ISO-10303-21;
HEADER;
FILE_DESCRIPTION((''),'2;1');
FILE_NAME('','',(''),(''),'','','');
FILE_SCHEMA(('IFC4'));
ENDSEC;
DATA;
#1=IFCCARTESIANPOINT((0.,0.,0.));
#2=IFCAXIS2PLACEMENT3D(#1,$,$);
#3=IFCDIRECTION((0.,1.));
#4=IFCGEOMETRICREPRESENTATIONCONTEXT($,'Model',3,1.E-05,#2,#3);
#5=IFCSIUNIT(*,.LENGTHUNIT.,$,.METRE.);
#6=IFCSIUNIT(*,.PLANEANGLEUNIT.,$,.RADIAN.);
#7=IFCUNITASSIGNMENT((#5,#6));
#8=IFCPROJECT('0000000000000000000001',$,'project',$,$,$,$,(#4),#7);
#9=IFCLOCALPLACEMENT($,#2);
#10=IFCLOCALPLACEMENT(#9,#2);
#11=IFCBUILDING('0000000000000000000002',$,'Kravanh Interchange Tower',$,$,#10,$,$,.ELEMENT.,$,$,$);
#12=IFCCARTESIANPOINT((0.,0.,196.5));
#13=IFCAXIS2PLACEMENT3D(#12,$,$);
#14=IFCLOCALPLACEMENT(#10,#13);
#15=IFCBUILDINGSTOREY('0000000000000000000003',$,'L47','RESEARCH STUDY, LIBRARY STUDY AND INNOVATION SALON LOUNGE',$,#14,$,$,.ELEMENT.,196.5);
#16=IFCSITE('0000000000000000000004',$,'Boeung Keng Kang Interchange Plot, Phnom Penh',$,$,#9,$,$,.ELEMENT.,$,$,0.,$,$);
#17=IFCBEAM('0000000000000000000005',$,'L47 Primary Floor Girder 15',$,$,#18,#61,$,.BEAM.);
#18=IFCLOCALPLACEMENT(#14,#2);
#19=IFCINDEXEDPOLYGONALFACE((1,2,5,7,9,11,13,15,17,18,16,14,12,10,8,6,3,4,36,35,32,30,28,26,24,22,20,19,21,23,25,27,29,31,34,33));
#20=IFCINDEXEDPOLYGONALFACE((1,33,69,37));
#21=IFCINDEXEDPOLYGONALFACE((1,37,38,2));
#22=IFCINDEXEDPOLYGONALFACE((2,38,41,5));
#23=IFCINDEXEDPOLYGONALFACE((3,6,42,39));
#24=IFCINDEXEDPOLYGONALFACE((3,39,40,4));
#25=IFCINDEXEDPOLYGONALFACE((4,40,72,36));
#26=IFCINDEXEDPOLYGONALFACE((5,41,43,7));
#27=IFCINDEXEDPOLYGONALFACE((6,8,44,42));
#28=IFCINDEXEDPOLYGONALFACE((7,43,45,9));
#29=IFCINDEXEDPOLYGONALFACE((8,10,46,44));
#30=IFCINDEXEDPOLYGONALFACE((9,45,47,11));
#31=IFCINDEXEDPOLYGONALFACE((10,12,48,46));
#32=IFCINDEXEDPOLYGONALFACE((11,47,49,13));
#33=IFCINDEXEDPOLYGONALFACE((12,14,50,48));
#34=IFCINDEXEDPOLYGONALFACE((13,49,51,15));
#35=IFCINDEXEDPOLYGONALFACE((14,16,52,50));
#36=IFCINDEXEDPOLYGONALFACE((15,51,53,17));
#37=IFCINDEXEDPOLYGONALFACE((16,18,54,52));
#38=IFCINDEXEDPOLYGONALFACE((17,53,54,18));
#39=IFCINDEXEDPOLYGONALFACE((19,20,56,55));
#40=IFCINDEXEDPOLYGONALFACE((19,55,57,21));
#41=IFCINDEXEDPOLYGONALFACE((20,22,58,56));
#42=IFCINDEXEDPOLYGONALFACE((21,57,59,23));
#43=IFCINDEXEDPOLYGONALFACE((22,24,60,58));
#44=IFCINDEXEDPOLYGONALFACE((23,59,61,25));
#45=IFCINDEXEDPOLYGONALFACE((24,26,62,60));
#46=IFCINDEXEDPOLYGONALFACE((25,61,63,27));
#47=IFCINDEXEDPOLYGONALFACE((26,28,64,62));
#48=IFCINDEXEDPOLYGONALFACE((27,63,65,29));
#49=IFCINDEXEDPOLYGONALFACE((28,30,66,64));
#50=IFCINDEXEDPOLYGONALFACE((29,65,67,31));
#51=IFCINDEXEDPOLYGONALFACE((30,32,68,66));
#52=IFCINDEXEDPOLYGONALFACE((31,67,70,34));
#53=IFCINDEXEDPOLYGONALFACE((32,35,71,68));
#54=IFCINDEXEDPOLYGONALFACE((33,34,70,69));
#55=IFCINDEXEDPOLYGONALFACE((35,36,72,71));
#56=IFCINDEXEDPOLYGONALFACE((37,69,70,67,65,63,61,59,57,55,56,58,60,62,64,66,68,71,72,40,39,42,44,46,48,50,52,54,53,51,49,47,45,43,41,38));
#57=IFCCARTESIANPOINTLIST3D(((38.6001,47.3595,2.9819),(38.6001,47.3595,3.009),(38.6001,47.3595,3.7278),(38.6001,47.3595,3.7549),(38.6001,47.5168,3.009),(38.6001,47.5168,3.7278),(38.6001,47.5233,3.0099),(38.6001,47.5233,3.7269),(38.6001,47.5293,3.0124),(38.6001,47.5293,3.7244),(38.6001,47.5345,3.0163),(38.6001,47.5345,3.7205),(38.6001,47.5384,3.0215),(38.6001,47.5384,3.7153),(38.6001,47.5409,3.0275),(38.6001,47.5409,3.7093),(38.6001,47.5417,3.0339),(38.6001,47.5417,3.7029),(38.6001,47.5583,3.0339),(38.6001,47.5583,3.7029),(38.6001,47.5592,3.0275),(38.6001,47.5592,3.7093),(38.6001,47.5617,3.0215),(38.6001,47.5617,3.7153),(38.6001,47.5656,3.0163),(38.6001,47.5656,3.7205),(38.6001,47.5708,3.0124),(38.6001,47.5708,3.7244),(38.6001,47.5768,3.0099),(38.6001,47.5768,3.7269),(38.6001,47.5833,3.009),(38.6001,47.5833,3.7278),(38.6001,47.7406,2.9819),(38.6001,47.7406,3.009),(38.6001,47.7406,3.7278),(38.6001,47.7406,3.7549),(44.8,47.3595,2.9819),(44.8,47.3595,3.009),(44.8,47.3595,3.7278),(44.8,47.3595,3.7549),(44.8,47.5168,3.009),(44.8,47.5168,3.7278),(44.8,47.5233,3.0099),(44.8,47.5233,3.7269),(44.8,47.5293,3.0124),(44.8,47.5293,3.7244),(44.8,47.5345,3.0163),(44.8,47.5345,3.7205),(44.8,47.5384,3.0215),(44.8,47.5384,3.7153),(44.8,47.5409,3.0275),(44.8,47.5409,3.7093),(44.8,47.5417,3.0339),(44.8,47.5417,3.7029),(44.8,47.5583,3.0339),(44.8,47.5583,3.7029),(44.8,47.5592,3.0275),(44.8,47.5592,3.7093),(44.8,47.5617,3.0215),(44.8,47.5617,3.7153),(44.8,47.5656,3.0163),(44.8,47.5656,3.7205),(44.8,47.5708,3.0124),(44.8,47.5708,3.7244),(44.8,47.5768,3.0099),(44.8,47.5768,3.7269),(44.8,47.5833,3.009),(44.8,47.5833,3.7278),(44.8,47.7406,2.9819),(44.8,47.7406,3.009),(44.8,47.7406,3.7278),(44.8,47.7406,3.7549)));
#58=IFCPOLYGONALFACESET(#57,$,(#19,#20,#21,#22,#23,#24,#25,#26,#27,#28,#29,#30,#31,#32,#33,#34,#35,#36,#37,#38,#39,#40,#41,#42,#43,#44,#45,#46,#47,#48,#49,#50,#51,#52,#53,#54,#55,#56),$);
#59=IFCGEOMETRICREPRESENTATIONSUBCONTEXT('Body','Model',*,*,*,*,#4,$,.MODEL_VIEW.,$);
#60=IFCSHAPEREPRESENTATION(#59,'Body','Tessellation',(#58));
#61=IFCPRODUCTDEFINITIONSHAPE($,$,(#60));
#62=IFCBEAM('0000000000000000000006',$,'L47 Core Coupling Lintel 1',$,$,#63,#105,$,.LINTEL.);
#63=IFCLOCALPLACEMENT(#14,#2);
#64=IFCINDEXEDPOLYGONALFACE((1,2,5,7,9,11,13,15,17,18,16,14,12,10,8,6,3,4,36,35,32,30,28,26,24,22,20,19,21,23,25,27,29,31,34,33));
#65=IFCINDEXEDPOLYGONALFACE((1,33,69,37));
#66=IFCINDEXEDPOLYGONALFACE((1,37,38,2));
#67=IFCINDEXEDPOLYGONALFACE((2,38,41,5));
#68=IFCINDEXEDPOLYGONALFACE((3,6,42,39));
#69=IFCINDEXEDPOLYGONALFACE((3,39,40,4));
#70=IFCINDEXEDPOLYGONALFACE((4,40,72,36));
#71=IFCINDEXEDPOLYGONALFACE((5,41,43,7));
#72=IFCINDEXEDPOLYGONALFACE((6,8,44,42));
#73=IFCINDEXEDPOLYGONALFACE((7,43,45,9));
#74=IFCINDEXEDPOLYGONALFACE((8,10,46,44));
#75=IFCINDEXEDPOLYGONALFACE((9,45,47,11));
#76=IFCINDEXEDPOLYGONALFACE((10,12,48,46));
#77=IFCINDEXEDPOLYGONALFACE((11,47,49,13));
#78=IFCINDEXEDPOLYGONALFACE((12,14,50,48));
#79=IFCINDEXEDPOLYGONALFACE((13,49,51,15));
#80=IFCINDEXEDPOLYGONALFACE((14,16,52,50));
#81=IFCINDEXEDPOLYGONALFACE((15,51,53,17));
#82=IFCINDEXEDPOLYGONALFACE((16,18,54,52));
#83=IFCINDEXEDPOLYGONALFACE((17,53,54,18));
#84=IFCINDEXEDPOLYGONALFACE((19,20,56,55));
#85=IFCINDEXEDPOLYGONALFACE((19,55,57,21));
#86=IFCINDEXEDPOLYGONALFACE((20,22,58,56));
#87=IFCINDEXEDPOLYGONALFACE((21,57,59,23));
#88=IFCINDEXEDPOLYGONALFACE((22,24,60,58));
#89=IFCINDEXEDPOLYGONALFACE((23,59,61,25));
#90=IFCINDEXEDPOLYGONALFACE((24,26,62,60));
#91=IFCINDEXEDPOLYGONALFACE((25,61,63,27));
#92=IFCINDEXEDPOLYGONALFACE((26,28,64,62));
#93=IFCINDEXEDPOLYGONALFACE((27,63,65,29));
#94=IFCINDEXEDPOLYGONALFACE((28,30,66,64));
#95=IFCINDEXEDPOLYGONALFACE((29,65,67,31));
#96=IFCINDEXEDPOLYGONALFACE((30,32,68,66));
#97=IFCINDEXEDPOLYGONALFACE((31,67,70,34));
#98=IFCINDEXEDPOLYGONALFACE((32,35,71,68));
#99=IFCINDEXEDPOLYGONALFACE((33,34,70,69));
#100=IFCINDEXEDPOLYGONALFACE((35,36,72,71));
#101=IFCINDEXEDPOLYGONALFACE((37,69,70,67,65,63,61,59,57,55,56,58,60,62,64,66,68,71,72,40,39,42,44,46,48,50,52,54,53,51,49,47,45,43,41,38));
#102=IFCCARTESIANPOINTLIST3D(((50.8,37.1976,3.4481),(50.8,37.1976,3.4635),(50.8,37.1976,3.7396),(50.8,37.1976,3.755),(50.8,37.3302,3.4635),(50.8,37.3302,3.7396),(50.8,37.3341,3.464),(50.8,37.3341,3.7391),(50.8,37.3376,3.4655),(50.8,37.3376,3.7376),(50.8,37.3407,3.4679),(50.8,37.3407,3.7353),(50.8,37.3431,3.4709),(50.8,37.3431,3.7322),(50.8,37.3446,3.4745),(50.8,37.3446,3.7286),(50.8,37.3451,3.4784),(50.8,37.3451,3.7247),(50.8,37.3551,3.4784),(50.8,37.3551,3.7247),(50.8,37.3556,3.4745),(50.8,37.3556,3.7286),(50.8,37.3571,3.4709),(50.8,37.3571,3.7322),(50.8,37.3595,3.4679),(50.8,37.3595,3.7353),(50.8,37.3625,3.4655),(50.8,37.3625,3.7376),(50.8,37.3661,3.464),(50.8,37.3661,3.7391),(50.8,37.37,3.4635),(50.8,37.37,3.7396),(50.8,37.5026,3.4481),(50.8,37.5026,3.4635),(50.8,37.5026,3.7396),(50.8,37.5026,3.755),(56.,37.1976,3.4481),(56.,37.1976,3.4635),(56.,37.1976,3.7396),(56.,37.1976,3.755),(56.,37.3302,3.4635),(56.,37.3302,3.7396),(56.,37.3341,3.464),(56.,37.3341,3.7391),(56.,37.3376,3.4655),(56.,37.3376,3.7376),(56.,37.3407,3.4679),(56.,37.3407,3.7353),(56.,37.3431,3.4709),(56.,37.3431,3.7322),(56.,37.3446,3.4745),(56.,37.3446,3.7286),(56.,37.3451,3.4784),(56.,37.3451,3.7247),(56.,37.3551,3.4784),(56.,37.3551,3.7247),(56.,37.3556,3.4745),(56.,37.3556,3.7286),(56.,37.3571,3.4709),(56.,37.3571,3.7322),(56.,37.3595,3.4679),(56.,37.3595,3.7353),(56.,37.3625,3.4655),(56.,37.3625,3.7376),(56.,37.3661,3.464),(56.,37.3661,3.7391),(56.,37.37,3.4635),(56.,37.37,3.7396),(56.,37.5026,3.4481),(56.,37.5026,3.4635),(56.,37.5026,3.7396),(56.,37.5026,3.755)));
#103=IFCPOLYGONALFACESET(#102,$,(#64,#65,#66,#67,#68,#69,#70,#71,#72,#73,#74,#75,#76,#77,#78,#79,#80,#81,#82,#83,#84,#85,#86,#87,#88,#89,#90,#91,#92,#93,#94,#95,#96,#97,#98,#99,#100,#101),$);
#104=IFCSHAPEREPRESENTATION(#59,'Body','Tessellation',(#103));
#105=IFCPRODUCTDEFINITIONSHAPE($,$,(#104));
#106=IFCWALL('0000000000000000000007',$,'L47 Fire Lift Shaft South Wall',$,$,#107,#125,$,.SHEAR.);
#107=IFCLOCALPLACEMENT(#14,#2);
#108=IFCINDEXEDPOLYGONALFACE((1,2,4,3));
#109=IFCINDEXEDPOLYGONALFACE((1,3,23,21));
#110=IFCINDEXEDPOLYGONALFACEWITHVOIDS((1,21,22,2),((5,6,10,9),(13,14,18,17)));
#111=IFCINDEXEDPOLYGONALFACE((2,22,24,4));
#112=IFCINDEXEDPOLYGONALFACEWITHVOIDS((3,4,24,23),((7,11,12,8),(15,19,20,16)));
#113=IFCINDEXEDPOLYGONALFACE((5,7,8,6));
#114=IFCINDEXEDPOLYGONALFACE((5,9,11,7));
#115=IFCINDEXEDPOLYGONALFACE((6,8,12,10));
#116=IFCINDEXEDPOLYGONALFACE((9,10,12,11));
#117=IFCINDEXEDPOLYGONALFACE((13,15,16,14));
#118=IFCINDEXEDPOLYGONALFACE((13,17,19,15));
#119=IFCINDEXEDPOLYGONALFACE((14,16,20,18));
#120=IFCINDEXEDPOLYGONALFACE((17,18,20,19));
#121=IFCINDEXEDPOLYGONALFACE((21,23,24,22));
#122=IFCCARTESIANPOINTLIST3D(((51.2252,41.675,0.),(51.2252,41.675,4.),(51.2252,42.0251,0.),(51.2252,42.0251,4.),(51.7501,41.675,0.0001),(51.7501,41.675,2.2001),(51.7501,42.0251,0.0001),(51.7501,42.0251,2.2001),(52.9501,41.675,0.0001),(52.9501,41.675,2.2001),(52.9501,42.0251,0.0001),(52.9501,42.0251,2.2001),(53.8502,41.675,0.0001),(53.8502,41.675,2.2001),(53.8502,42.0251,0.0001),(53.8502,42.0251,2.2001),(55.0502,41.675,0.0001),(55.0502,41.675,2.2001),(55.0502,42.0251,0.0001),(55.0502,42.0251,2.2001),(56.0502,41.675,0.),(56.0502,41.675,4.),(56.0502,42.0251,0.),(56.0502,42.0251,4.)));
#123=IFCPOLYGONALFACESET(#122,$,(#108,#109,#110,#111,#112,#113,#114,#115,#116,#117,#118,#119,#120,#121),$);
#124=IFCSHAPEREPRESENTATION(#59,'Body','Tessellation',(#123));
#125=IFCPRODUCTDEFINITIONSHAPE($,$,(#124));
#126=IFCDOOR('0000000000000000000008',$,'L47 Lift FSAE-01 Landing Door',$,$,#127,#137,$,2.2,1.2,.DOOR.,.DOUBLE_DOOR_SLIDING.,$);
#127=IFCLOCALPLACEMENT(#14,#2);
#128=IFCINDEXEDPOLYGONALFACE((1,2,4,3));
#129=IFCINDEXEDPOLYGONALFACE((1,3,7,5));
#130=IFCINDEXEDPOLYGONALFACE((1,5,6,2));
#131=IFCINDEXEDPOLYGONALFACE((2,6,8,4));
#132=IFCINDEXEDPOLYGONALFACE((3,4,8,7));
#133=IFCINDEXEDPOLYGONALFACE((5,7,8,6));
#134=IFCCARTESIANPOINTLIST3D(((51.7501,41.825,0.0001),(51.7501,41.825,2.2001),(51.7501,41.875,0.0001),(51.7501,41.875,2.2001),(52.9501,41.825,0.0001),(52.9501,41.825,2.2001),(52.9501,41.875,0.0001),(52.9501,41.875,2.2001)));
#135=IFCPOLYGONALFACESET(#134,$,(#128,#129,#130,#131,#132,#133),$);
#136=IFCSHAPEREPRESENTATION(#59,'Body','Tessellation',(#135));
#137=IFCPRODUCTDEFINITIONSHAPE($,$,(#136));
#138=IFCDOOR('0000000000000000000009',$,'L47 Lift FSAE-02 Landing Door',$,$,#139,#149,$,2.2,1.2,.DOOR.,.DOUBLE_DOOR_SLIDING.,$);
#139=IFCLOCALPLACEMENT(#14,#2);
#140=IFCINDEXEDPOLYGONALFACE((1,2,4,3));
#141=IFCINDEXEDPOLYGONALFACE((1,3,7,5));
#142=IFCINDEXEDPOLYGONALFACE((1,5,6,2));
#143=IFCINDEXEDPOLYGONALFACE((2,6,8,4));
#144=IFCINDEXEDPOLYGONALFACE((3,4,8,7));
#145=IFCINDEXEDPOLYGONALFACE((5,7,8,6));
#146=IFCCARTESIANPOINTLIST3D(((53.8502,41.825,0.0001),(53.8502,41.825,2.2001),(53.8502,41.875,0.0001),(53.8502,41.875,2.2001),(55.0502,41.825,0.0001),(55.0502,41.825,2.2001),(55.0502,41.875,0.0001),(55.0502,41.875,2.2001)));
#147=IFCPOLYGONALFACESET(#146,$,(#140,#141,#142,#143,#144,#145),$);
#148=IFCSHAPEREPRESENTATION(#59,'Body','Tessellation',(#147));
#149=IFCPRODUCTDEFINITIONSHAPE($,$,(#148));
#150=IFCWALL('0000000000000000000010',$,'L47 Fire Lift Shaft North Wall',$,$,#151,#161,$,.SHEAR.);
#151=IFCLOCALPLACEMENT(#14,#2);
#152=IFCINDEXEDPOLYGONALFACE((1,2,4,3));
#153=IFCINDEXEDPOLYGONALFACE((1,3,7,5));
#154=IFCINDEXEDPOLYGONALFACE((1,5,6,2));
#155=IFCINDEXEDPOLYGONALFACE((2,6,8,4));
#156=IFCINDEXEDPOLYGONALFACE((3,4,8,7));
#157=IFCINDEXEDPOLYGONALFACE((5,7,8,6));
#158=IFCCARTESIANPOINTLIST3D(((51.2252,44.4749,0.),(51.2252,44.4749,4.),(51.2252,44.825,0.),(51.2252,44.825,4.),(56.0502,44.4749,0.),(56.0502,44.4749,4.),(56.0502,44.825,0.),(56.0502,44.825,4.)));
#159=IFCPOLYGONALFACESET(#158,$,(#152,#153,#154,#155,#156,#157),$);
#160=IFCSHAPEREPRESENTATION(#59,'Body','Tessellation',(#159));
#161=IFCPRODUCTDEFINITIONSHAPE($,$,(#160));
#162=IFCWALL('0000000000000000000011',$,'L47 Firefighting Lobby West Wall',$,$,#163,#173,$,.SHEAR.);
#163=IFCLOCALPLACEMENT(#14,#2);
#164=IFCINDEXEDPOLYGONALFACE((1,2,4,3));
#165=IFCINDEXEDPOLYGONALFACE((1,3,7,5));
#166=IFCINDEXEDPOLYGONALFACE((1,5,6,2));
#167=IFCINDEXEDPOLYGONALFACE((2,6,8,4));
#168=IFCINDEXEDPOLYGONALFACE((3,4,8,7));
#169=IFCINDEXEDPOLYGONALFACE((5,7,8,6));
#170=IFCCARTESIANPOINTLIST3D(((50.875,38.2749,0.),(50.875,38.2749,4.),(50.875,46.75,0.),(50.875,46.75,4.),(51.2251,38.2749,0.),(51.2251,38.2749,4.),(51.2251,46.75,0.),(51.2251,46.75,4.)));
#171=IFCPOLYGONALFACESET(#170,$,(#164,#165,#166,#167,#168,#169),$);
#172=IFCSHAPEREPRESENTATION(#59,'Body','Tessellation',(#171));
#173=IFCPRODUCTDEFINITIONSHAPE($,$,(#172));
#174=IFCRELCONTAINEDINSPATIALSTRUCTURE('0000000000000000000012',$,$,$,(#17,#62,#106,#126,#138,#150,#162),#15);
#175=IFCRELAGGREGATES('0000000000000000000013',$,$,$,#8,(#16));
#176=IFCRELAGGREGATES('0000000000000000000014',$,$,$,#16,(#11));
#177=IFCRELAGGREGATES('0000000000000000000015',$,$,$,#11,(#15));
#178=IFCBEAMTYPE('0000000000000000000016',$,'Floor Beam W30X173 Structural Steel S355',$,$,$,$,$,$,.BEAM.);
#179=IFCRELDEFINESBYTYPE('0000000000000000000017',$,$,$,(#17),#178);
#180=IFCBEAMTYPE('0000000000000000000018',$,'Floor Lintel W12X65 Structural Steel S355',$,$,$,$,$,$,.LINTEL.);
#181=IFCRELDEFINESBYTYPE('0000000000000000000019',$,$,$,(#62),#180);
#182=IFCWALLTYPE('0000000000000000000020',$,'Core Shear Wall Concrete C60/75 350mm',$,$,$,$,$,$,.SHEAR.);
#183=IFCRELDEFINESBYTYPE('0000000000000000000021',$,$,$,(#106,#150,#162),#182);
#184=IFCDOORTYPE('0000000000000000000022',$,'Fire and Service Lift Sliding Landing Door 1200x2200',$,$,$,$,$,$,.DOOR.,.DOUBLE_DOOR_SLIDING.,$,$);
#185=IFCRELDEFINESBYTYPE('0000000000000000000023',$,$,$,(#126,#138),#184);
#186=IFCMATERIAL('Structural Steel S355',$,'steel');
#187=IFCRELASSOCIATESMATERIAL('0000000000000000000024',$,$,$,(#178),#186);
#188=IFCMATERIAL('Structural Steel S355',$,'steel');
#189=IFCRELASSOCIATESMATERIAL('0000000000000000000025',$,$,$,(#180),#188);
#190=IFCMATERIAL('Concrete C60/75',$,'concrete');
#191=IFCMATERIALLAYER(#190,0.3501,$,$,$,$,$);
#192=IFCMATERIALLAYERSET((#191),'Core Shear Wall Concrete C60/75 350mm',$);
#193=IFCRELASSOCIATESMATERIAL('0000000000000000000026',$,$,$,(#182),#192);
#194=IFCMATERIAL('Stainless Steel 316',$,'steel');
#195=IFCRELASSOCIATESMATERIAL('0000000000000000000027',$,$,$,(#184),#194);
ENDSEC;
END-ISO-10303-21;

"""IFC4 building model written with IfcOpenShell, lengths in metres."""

from ifc_helpers import new_model, si_unit, direction, frame, frame_2d, origin, origin_2d, place, context, subcontext, project, spatial, rectangle, i_section, extrude, material, layer, layer_set, material_profile, profile_set, type_object, element, fill, save


model = new_model("IFC4")

# Units and contexts
model_context = context("Model", 3, precision=1e-05, world=origin(), true_north=direction((0.0, 1.0)))
body_context = subcontext(model_context, "Body", "Model", "MODEL_VIEW")
ifc_project = project(units=[si_unit("LENGTHUNIT", "METRE"), si_unit("PLANEANGLEUNIT", "RADIAN")], contexts=[model_context])

# Site, building, storey
site_placement = place(None, origin())
site = spatial("IfcSite", under=ifc_project, at=site_placement, Name="Boeung Keng Kang Interchange Plot, Phnom Penh", CompositionType="ELEMENT", RefElevation=0.0)
building_placement = place(site_placement, origin())
building = spatial("IfcBuilding", under=site, at=building_placement, Name="Kravanh Interchange Tower", CompositionType="ELEMENT")
storey_placement = place(building_placement, frame((0.0, 0.0, 196.5)))
storey = spatial("IfcBuildingStorey", under=building, at=storey_placement, Name="L47", Description="RESEARCH STUDY, LIBRARY STUDY AND INNOVATION SALON LOUNGE", CompositionType="ELEMENT", Elevation=196.5)

# Beams
ifc_material_1 = material(Name="Structural Steel S355", Category="steel")
ifc_material_profile_1 = material_profile(ifc_material_1, i_section(OverallWidth=0.3811, OverallDepth=0.7729, WebThickness=0.0166, FlangeThickness=0.0271, FilletRadius=0.0249, at=origin_2d()), Name="W30X173")
ifc_profile_set_1 = profile_set([ifc_material_profile_1], Name="Structural Steel S355")
beam_type_1 = type_object("IfcBeamType", Name="Floor Beam W30X173 Structural Steel S355", PredefinedType="BEAM", material=ifc_profile_set_1)
beam_1_placement = place(storey_placement, frame((44.8, 47.55, 3.3684), z_axis=(-1.0, 0.0, 0.0), x_axis=(0.0, -1.0, 0.0)))
element("IfcBeam", 1, at=beam_1_placement, inside=storey, type_object=beam_type_1, Name="L47 Primary Floor Girder 15", PredefinedType="BEAM", context=body_context, shape_type="SweptSolid", body=[
    extrude(i_section(OverallWidth=0.3811, OverallDepth=0.7729, WebThickness=0.0166, FlangeThickness=0.0271, FilletRadius=0.0249, at=origin_2d()), origin(), (0.0, 0.0, 1.0), 6.2),
])
ifc_material_2 = material(Name="Structural Steel S355", Category="steel")
ifc_material_profile_2 = material_profile(ifc_material_2, i_section(OverallWidth=0.3049, OverallDepth=0.3069, WebThickness=0.01, FlangeThickness=0.0154, FilletRadius=0.0149, at=origin_2d()), Name="W12X65")
ifc_profile_set_2 = profile_set([ifc_material_profile_2], Name="Structural Steel S355")
beam_type_2 = type_object("IfcBeamType", Name="Floor Lintel W12X65 Structural Steel S355", PredefinedType="LINTEL", material=ifc_profile_set_2)
beam_2_placement = place(storey_placement, frame((50.8, 37.3501, 3.6016), z_axis=(1.0, 0.0, 0.0), x_axis=(0.0, 1.0, 0.0)))
element("IfcBeam", 2, at=beam_2_placement, inside=storey, type_object=beam_type_2, Name="L47 Core Coupling Lintel 1", PredefinedType="LINTEL", context=body_context, shape_type="SweptSolid", body=[
    extrude(i_section(OverallWidth=0.3049, OverallDepth=0.3069, WebThickness=0.01, FlangeThickness=0.0154, FilletRadius=0.0149, at=origin_2d()), origin(), (0.0, 0.0, 1.0), 5.2),
])

# Wall, openings, doors
ifc_material_3 = material(Name="Concrete C60/75", Category="concrete")
ifc_layer_1 = layer(ifc_material_3, 0.3501)
ifc_layer_set_1 = layer_set([ifc_layer_1], Name="Core Shear Wall Concrete C60/75 350mm")
wall_type_1 = type_object("IfcWallType", Name="Core Shear Wall Concrete C60/75 350mm", PredefinedType="SHEAR", material=ifc_layer_set_1)
wall_1_placement = place(storey_placement, frame((51.2251, 41.8501, 0.0), z_axis=(0.0, 0.0, 1.0), x_axis=(1.0, 0.0, 0.0)))
wall_1 = element("IfcWall", 3, at=wall_1_placement, inside=storey, type_object=wall_type_1, Name="L47 Fire Lift Shaft South Wall", PredefinedType="SHEAR", context=body_context, shape_type="SweptSolid", body=[
    extrude(rectangle(XDim=4.825, YDim=0.3501, at=frame_2d((2.4126, 0.0))), origin(), (0.0, 0.0, 1.0), 4.0),
])
opening_1_placement = place(wall_1_placement, frame((0.5249, 0.0, 0.0)))
opening_1 = element("IfcOpeningElement", 4, at=opening_1_placement, cuts=wall_1, PredefinedType="OPENING", context=body_context, shape_type="SweptSolid", body=[
    extrude(rectangle(XDim=1.2, YDim=2.2, at=frame_2d((0.6001, 1.1001))), frame((0.0, 0.1851, 0.0), z_axis=(0.0, -1.0, 0.0), x_axis=(1.0, 0.0, 0.0)), (0.0, 0.0, 1.0), 0.3701),
])
opening_2_placement = place(wall_1_placement, frame((2.625, 0.0, 0.0)))
opening_2 = element("IfcOpeningElement", 5, at=opening_2_placement, cuts=wall_1, PredefinedType="OPENING", context=body_context, shape_type="SweptSolid", body=[
    extrude(rectangle(XDim=1.2, YDim=2.2, at=frame_2d((0.6001, 1.1001))), frame((0.0, 0.1851, 0.0), z_axis=(0.0, -1.0, 0.0), x_axis=(1.0, 0.0, 0.0)), (0.0, 0.0, 1.0), 0.3701),
])
ifc_material_4 = material(Name="Stainless Steel 316", Category="steel")
door_type_1 = type_object("IfcDoorType", Name="Fire and Service Lift Sliding Landing Door 1200x2200", OperationType="DOUBLE_DOOR_SLIDING", PredefinedType="DOOR", material=ifc_material_4)
door_1_placement = place(opening_1_placement, origin())
door_1 = element("IfcDoor", 6, at=door_1_placement, inside=storey, type_object=door_type_1, Name="L47 Lift FSAE-01 Landing Door", OperationType="DOUBLE_DOOR_SLIDING", OverallHeight=2.2, OverallWidth=1.2, PredefinedType="DOOR", context=body_context, shape_type="SweptSolid", body=[
    extrude(rectangle(XDim=1.2, YDim=2.2, at=frame_2d((0.6001, 1.1001))), frame((0.0, 0.0249, 0.0), z_axis=(0.0, -1.0, 0.0), x_axis=(1.0, 0.0, 0.0)), (0.0, 0.0, 1.0), 0.05),
])
fill(opening_1, door_1)
door_2_placement = place(opening_2_placement, origin())
door_2 = element("IfcDoor", 7, at=door_2_placement, inside=storey, type_object=door_type_1, Name="L47 Lift FSAE-02 Landing Door", OperationType="DOUBLE_DOOR_SLIDING", OverallHeight=2.2, OverallWidth=1.2, PredefinedType="DOOR", context=body_context, shape_type="SweptSolid", body=[
    extrude(rectangle(XDim=1.2, YDim=2.2, at=frame_2d((0.6001, 1.1001))), frame((0.0, 0.0249, 0.0), z_axis=(0.0, -1.0, 0.0), x_axis=(1.0, 0.0, 0.0)), (0.0, 0.0, 1.0), 0.05),
])
fill(opening_2, door_2)

# Walls
wall_2_placement = place(storey_placement, frame((51.2251, 44.6499, 0.0), z_axis=(0.0, 0.0, 1.0), x_axis=(1.0, 0.0, 0.0)))
element("IfcWall", 8, at=wall_2_placement, inside=storey, type_object=wall_type_1, Name="L47 Fire Lift Shaft North Wall", PredefinedType="SHEAR", context=body_context, shape_type="SweptSolid", body=[
    extrude(rectangle(XDim=4.825, YDim=0.3501, at=frame_2d((2.4126, 0.0))), origin(), (0.0, 0.0, 1.0), 4.0),
])
wall_3_placement = place(storey_placement, frame((51.05, 38.2749, 0.0), z_axis=(0.0, 0.0, 1.0), x_axis=(0.0, 1.0, 0.0)))
element("IfcWall", 9, at=wall_3_placement, inside=storey, type_object=wall_type_1, Name="L47 Firefighting Lobby West Wall", PredefinedType="SHEAR", context=body_context, shape_type="SweptSolid", body=[
    extrude(rectangle(XDim=8.4751, YDim=0.3501, at=frame_2d((4.2375, 0.0))), origin(), (0.0, 0.0, 1.0), 4.0),
])

save(model, "model.ifc")
